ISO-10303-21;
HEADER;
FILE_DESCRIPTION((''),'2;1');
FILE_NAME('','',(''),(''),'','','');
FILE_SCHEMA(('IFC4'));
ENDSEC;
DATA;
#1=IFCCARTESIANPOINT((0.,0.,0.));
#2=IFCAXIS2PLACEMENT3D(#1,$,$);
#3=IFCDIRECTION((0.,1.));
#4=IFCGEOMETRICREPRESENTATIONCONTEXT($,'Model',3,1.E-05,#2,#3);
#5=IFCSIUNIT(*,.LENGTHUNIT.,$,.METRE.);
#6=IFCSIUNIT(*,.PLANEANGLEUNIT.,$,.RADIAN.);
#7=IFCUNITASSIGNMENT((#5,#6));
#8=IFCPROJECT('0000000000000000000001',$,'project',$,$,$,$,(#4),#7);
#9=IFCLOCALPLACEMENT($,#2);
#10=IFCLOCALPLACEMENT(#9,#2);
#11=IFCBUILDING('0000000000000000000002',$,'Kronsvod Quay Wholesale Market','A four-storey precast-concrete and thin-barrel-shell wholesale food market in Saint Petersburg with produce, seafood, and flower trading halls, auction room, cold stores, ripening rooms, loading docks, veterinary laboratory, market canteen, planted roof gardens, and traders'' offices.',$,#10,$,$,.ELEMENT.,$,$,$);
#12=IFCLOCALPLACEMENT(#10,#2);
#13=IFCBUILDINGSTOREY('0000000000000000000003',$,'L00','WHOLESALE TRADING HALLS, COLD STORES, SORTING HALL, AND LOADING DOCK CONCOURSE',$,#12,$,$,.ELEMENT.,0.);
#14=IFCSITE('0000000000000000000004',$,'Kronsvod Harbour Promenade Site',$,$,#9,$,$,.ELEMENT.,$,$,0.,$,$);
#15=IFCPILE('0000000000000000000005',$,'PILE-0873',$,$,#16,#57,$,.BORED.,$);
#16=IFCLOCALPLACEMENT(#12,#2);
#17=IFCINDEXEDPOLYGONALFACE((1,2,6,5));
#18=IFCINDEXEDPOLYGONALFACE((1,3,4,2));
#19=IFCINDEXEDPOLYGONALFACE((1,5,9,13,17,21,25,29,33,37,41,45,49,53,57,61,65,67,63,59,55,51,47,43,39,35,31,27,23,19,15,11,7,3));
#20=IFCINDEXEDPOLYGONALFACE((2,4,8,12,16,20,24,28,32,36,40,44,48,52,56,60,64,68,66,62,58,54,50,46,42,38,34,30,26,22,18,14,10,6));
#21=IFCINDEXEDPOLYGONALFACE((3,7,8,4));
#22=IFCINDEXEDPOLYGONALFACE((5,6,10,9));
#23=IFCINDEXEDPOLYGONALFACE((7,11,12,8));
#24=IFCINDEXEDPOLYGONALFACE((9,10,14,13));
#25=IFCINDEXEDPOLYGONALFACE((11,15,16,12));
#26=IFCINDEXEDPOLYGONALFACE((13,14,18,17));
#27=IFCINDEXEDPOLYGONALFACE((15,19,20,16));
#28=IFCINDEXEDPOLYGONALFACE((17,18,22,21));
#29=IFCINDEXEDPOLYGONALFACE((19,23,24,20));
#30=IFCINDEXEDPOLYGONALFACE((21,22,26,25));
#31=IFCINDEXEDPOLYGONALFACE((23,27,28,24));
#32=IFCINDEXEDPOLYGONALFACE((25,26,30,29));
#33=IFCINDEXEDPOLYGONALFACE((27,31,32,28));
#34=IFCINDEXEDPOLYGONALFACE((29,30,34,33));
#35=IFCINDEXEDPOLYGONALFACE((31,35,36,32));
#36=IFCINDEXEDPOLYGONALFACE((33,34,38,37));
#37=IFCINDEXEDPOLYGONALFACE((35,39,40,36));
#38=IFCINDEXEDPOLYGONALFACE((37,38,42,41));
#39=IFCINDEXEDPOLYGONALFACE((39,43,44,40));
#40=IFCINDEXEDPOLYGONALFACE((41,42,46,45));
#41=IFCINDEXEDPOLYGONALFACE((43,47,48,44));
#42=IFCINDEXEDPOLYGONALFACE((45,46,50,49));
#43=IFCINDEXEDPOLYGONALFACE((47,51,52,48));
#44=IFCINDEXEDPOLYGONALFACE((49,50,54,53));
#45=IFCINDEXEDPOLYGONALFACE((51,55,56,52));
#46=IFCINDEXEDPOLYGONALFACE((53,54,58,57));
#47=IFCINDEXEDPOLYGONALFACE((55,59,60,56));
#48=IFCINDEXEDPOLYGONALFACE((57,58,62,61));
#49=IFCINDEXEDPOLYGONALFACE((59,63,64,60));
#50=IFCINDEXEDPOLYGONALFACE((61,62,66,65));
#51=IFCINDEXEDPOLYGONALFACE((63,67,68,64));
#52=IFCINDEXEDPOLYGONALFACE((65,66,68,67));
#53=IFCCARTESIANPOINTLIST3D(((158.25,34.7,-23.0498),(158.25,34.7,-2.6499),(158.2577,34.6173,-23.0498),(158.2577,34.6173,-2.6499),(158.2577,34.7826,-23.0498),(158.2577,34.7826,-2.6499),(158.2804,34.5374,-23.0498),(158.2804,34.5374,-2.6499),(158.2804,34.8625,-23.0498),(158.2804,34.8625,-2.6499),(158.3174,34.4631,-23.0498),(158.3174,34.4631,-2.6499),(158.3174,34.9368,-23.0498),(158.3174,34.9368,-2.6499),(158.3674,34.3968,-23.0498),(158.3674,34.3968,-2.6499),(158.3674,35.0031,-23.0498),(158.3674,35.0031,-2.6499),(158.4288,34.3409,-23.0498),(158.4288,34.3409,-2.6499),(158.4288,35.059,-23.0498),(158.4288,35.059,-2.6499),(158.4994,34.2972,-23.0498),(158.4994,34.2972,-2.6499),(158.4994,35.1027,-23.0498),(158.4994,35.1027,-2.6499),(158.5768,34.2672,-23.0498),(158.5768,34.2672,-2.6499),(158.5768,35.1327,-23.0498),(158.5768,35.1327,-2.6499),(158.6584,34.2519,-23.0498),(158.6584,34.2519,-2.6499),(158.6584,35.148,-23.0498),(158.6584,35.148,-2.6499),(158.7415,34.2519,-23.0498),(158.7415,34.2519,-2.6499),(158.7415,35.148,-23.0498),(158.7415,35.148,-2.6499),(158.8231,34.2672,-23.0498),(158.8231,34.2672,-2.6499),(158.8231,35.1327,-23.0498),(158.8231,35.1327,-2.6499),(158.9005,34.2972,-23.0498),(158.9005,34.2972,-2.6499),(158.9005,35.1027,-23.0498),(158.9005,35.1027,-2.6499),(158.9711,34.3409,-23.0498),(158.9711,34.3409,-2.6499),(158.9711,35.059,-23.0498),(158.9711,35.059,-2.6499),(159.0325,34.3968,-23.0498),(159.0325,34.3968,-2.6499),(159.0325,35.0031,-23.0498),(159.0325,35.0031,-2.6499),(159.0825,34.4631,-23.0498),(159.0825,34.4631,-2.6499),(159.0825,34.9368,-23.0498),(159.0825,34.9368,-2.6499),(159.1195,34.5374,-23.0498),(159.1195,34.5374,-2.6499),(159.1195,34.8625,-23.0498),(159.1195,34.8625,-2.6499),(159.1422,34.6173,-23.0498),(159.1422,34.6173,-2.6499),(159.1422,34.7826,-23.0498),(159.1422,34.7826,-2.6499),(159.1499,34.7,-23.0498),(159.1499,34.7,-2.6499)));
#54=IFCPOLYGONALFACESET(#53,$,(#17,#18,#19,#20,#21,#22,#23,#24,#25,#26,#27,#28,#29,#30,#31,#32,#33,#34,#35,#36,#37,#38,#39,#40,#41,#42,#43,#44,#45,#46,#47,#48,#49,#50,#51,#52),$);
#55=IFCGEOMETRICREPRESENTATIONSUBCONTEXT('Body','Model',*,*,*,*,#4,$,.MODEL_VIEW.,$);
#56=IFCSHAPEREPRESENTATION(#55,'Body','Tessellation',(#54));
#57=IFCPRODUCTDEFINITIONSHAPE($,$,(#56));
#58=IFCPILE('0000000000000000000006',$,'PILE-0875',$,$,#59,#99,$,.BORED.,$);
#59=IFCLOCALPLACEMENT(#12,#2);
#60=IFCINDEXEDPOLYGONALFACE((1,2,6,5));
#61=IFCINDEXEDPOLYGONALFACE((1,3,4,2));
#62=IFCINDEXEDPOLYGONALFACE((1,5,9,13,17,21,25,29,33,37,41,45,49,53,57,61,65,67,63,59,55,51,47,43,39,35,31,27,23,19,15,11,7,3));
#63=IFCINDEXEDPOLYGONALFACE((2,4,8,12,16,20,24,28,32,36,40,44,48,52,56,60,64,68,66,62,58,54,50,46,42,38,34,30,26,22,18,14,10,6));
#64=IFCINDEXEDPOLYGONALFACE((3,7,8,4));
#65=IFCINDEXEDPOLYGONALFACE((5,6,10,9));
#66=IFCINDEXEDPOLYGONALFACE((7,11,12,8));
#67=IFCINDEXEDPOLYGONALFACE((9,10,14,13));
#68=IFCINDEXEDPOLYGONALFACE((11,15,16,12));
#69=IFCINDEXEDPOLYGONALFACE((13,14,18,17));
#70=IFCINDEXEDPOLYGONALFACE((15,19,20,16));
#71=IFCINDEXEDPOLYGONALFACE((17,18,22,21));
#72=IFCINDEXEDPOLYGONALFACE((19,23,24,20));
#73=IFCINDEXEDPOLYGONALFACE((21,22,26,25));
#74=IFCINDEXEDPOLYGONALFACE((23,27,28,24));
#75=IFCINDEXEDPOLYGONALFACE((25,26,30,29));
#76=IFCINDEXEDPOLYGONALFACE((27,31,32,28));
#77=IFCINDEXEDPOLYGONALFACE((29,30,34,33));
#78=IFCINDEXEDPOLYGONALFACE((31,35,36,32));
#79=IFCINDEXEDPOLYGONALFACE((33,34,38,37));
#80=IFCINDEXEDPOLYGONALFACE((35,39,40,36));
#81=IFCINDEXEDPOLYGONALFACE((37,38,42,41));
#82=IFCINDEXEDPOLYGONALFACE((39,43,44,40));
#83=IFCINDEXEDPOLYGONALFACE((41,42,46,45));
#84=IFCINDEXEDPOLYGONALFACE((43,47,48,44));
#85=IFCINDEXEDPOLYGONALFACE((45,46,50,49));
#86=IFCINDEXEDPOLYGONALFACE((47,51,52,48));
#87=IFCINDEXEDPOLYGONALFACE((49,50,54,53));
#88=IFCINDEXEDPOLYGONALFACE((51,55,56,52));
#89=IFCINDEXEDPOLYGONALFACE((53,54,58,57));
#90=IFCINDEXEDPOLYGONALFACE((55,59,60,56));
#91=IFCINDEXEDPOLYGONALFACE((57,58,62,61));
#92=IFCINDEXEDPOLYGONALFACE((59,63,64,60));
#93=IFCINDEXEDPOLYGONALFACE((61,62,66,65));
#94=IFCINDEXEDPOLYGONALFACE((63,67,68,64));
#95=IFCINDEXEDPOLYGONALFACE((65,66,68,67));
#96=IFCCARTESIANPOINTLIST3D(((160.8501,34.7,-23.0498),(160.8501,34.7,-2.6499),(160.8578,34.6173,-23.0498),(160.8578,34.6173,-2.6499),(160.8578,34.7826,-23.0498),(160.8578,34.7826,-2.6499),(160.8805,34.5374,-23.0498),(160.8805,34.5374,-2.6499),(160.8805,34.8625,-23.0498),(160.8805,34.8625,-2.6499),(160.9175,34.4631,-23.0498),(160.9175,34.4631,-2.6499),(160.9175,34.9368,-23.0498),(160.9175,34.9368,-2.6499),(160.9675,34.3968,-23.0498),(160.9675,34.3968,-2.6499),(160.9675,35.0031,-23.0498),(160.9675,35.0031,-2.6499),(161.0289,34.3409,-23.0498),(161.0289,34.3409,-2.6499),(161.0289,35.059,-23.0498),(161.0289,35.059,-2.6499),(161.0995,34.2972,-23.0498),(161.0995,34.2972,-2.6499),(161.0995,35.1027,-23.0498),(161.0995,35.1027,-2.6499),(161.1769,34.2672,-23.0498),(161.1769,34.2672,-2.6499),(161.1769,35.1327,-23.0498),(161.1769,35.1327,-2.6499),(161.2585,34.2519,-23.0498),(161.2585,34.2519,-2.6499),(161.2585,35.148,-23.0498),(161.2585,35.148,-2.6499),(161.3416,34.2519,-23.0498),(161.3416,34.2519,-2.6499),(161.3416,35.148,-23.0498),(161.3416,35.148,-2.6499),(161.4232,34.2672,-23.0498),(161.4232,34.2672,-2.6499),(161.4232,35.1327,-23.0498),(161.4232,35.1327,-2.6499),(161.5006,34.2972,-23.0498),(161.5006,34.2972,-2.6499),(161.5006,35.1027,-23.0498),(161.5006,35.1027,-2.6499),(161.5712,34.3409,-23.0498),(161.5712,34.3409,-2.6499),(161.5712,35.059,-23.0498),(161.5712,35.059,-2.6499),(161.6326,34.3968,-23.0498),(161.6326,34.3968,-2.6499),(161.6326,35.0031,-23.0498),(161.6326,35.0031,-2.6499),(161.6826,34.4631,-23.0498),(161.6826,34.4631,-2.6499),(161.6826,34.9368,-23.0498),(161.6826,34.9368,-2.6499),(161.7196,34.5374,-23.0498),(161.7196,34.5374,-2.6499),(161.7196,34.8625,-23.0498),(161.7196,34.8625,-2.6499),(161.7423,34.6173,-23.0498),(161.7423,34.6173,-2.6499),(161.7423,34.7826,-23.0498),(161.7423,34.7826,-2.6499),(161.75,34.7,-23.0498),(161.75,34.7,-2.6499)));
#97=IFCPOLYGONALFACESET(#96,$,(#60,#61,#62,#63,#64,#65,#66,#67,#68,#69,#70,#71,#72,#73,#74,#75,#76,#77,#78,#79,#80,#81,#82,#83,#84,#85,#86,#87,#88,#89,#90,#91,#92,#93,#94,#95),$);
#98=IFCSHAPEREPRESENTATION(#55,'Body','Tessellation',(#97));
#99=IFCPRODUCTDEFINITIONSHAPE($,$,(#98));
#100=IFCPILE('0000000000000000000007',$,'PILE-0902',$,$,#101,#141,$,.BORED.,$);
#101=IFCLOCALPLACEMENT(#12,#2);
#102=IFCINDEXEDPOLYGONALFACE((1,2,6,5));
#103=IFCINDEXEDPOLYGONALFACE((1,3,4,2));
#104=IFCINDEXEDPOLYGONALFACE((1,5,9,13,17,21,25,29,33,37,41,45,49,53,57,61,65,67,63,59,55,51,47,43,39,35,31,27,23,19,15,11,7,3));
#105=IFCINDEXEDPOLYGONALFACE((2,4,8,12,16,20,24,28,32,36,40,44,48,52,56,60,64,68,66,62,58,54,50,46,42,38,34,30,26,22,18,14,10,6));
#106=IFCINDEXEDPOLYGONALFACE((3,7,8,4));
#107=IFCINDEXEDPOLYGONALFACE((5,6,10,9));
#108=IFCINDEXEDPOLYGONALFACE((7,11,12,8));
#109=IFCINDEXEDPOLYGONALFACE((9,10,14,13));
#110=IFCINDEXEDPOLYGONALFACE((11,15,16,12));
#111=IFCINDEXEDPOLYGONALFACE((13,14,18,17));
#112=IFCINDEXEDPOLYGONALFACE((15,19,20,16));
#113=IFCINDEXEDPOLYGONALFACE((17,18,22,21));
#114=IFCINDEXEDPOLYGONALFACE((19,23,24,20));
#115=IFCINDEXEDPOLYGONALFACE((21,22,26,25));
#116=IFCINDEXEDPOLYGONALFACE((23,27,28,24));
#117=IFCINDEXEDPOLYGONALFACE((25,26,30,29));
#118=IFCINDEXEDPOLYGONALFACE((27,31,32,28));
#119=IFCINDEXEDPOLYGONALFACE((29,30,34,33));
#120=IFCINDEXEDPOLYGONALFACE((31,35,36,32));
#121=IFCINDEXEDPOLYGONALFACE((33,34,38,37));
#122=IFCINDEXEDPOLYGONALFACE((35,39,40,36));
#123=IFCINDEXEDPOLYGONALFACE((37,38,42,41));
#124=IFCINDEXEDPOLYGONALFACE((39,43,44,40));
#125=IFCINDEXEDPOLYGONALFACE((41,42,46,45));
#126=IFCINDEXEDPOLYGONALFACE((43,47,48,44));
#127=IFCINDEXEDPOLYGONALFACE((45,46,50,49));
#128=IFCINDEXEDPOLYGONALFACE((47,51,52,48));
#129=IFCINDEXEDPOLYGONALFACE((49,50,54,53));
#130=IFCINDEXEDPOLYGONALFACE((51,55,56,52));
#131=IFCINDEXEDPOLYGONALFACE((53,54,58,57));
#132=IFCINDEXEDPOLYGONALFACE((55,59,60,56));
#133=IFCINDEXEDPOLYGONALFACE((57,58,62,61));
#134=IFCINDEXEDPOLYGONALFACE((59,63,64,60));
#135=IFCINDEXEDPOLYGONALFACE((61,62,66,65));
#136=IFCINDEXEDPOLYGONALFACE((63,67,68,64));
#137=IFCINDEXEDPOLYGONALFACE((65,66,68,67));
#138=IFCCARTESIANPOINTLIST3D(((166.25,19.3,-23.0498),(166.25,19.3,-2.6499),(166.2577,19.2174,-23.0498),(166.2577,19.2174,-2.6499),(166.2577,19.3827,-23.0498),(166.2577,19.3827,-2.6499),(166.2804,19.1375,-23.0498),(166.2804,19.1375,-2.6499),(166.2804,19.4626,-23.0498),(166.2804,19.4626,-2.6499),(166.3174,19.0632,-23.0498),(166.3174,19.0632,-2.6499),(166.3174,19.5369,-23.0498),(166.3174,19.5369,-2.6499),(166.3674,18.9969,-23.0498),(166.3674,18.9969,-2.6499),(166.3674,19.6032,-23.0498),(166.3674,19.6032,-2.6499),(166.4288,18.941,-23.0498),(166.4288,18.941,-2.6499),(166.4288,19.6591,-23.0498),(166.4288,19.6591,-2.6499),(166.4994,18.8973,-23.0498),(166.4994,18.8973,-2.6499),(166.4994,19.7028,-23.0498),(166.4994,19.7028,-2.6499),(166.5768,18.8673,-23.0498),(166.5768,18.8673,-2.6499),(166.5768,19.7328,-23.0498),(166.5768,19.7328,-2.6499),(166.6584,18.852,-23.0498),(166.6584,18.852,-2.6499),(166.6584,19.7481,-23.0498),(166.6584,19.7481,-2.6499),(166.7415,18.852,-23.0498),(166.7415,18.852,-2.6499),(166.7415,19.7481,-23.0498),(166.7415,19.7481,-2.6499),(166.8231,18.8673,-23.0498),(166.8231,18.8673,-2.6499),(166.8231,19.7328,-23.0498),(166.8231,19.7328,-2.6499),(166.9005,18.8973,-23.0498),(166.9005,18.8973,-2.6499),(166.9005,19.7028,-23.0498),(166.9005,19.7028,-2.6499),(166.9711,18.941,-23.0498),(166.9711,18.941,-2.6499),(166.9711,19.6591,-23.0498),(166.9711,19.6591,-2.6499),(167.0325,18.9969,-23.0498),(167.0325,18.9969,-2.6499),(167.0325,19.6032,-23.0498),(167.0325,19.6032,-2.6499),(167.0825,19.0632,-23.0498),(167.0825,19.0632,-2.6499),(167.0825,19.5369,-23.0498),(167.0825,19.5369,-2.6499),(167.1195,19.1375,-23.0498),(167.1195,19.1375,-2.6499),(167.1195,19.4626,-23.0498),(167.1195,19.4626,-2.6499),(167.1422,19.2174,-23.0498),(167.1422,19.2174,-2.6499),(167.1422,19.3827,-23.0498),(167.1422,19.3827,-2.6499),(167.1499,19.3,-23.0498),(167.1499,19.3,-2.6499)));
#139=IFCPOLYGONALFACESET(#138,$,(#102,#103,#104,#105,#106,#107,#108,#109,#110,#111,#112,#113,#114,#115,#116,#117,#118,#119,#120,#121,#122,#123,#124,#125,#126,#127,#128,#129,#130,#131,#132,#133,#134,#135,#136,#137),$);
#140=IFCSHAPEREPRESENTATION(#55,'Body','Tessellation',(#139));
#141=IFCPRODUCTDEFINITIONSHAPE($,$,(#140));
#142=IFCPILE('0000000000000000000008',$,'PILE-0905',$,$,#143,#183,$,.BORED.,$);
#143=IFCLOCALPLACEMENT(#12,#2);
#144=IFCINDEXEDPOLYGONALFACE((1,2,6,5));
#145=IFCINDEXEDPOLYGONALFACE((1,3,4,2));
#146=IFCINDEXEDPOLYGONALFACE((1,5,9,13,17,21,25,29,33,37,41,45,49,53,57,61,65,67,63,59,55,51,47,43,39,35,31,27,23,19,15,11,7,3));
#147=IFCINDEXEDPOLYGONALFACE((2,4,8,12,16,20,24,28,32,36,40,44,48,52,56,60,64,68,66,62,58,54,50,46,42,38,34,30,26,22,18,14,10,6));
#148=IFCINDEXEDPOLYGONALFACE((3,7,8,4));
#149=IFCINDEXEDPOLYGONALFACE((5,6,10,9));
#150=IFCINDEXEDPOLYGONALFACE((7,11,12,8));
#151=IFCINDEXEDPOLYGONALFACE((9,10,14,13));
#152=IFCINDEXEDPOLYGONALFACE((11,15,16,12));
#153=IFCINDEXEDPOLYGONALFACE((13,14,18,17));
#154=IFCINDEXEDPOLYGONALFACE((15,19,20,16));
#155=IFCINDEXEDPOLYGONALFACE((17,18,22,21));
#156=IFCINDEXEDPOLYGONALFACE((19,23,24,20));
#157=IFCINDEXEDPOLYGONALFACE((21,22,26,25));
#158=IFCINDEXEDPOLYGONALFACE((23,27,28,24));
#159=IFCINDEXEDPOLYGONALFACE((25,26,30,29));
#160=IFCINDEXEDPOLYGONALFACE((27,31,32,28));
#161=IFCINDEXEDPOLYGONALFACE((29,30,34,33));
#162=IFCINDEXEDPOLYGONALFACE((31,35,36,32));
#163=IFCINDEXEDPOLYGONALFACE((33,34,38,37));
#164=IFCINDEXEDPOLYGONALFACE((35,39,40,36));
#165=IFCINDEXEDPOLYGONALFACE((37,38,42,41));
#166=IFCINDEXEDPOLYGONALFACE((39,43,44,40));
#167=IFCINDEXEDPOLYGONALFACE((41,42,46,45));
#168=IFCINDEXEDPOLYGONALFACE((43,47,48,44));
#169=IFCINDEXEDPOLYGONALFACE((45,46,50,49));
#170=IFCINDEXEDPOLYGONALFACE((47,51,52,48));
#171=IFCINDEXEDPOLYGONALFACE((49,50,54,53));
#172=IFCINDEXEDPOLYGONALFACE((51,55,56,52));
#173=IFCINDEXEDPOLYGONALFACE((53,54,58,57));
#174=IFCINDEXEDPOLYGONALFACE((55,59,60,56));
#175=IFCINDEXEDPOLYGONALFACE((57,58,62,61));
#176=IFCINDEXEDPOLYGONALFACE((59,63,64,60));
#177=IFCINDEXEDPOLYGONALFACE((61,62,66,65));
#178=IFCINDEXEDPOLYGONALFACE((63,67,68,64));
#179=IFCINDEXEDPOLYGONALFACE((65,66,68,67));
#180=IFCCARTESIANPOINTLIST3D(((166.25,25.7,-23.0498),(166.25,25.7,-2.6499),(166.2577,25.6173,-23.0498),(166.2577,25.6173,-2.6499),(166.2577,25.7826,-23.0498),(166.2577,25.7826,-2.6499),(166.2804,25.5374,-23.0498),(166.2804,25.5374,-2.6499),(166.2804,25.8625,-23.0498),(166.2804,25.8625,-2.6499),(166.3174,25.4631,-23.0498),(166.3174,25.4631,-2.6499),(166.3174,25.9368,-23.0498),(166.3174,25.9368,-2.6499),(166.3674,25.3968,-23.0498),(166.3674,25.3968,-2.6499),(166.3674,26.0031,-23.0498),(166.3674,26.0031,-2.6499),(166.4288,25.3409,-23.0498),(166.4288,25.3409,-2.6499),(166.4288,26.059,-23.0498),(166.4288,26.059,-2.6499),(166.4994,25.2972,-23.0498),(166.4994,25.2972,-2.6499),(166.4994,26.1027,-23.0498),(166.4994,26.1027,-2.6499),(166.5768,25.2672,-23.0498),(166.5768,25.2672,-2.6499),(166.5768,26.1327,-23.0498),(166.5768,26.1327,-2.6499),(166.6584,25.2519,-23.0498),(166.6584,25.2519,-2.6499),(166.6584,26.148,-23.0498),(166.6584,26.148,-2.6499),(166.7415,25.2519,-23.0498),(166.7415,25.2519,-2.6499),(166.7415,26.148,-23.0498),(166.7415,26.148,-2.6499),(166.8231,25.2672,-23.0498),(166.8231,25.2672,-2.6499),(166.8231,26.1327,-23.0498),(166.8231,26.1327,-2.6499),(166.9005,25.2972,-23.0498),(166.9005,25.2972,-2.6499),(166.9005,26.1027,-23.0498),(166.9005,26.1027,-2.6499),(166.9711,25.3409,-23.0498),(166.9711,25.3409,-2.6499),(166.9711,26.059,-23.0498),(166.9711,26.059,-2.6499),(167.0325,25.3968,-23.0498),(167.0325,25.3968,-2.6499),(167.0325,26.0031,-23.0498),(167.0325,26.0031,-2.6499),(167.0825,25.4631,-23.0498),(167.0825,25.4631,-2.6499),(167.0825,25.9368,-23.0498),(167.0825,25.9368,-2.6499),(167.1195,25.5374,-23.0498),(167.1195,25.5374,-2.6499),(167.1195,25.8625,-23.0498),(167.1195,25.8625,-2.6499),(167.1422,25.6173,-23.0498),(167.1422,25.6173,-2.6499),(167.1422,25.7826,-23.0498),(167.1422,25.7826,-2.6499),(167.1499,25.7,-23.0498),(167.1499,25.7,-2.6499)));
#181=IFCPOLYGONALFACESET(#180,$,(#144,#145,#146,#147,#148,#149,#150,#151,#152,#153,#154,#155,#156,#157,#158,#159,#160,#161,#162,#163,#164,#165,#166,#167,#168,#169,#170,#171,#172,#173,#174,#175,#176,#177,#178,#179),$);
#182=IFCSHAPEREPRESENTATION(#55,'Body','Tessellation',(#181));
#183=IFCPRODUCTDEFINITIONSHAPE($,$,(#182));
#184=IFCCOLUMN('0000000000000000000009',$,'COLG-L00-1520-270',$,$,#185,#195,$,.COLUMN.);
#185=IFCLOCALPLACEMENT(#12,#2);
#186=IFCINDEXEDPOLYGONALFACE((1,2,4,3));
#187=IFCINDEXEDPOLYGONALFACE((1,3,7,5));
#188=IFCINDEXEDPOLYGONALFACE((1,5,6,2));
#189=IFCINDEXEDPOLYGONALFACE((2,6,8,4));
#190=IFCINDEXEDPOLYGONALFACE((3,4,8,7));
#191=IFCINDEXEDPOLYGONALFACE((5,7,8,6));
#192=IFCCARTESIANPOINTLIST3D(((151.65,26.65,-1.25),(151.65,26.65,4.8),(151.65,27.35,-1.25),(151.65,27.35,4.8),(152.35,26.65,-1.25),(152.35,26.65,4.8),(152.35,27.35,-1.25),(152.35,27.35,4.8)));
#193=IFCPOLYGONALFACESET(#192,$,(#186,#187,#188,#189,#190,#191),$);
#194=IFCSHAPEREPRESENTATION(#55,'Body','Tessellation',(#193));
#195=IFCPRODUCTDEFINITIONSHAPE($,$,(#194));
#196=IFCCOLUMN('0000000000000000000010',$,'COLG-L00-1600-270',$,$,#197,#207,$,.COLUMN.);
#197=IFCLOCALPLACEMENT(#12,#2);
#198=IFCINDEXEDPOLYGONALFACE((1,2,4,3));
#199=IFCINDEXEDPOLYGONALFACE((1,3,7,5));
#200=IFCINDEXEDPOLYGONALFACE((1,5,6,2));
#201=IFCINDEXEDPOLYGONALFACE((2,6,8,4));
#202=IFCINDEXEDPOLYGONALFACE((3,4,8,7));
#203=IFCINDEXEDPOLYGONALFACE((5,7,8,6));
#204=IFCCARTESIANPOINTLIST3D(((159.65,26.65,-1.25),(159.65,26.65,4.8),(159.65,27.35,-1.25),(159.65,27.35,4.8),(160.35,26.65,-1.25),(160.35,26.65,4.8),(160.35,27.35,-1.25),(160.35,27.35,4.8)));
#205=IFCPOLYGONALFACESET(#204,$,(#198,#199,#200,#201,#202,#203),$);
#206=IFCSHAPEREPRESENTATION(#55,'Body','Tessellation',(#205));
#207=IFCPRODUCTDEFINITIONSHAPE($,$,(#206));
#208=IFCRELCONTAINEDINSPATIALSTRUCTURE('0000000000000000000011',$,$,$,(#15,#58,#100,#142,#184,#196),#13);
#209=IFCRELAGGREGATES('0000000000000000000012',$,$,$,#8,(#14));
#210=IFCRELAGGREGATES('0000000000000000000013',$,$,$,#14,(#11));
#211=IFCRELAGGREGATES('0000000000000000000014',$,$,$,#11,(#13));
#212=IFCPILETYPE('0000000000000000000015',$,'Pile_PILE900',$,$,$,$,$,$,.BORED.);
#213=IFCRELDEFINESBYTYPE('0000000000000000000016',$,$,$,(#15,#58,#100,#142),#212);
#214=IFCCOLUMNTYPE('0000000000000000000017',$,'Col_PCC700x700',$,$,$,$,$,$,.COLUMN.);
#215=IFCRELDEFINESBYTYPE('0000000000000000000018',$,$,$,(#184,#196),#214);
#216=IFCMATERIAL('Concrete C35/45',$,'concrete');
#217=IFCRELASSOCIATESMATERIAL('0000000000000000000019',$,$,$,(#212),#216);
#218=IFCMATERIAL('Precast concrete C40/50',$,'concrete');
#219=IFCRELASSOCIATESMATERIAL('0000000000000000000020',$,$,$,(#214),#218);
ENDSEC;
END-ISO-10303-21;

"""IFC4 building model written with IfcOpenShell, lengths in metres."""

from ifc_helpers import new_model, si_unit, direction, frame, origin, origin_2d, place, context, subcontext, project, spatial, rectangle, circle, extrude, material, material_profile, profile_set, type_object, element, save


model = new_model("IFC4")

# Units and contexts
model_context = context("Model", 3, precision=1e-05, world=origin(), true_north=direction((0.0, 1.0)))
body_context = subcontext(model_context, "Body", "Model", "MODEL_VIEW")
ifc_project = project(units=[si_unit("LENGTHUNIT", "METRE"), si_unit("PLANEANGLEUNIT", "RADIAN")], contexts=[model_context])

# Site, building, storey
site_placement = place(None, origin())
site = spatial("IfcSite", under=ifc_project, at=site_placement, Name="Kronsvod Harbour Promenade Site", CompositionType="ELEMENT", RefElevation=0.0)
building_placement = place(site_placement, origin())
building = spatial("IfcBuilding", under=site, at=building_placement, Name="Kronsvod Quay Wholesale Market", Description="A four-storey precast-concrete and thin-barrel-shell wholesale food market in Saint Petersburg with produce, seafood, and flower trading halls, auction room, cold stores, ripening rooms, loading docks, veterinary laboratory, market canteen, planted roof gardens, and traders' offices.", CompositionType="ELEMENT")
storey_placement = place(building_placement, origin())
storey = spatial("IfcBuildingStorey", under=building, at=storey_placement, Name="L00", Description="WHOLESALE TRADING HALLS, COLD STORES, SORTING HALL, AND LOADING DOCK CONCOURSE", CompositionType="ELEMENT", Elevation=0.0)

# Piles
ifc_material_1 = material(Name="Concrete C35/45", Category="concrete")
ifc_material_profile_1 = material_profile(ifc_material_1, circle(Radius=0.45, at=origin_2d()), Name="PILE900")
ifc_profile_set_1 = profile_set([ifc_material_profile_1], Name="Concrete C35/45")
pile_type = type_object("IfcPileType", Name="Pile_PILE900", PredefinedType="BORED", material=ifc_profile_set_1)
for number, where, z_axis, x_axis, name in (
    (1, (158.7, 34.7, -2.6499), (0.0, 0.0, -1.0), (1.0, 0.0, 0.0), "PILE-0873"),
    (2, (161.3, 34.7, -2.6499), (0.0, 0.0, -1.0), (1.0, 0.0, 0.0), "PILE-0875"),
    (3, (166.7, 19.3, -2.6499), (0.0, 0.0, -1.0), (1.0, 0.0, 0.0), "PILE-0902"),
    (4, (166.7, 25.7, -2.6499), (0.0, 0.0, -1.0), (1.0, 0.0, 0.0), "PILE-0905"),
):
    element("IfcPile", number, at=place(storey_placement, frame(where, z_axis=z_axis, x_axis=x_axis)), inside=storey, type_object=pile_type, Name=name, PredefinedType="BORED", context=body_context, shape_type="SweptSolid", body=[
        extrude(circle(Radius=0.45, at=origin_2d()), origin(), (0.0, 0.0, 1.0), 20.3999),
    ])

# Columns
ifc_material_2 = material(Name="Precast concrete C40/50", Category="concrete")
ifc_material_profile_2 = material_profile(ifc_material_2, rectangle(XDim=0.7, YDim=0.7, at=origin_2d()), Name="PCC700x700")
ifc_profile_set_2 = profile_set([ifc_material_profile_2], Name="Precast concrete C40/50")
column_type = type_object("IfcColumnType", Name="Col_PCC700x700", PredefinedType="COLUMN", material=ifc_profile_set_2)
for number, where, z_axis, x_axis, name in (
    (5, (152.0, 27.0, -1.25), (0.0, 0.0, 1.0), (1.0, 0.0, 0.0), "COLG-L00-1520-270"),
    (6, (160.0, 27.0, -1.25), (0.0, 0.0, 1.0), (1.0, 0.0, 0.0), "COLG-L00-1600-270"),
):
    element("IfcColumn", number, at=place(storey_placement, frame(where, z_axis=z_axis, x_axis=x_axis)), inside=storey, type_object=column_type, Name=name, PredefinedType="COLUMN", context=body_context, shape_type="SweptSolid", body=[
        extrude(rectangle(XDim=0.7, YDim=0.7, at=origin_2d()), origin(), (0.0, 0.0, 1.0), 6.05),
    ])

save(model, "model.ifc")
